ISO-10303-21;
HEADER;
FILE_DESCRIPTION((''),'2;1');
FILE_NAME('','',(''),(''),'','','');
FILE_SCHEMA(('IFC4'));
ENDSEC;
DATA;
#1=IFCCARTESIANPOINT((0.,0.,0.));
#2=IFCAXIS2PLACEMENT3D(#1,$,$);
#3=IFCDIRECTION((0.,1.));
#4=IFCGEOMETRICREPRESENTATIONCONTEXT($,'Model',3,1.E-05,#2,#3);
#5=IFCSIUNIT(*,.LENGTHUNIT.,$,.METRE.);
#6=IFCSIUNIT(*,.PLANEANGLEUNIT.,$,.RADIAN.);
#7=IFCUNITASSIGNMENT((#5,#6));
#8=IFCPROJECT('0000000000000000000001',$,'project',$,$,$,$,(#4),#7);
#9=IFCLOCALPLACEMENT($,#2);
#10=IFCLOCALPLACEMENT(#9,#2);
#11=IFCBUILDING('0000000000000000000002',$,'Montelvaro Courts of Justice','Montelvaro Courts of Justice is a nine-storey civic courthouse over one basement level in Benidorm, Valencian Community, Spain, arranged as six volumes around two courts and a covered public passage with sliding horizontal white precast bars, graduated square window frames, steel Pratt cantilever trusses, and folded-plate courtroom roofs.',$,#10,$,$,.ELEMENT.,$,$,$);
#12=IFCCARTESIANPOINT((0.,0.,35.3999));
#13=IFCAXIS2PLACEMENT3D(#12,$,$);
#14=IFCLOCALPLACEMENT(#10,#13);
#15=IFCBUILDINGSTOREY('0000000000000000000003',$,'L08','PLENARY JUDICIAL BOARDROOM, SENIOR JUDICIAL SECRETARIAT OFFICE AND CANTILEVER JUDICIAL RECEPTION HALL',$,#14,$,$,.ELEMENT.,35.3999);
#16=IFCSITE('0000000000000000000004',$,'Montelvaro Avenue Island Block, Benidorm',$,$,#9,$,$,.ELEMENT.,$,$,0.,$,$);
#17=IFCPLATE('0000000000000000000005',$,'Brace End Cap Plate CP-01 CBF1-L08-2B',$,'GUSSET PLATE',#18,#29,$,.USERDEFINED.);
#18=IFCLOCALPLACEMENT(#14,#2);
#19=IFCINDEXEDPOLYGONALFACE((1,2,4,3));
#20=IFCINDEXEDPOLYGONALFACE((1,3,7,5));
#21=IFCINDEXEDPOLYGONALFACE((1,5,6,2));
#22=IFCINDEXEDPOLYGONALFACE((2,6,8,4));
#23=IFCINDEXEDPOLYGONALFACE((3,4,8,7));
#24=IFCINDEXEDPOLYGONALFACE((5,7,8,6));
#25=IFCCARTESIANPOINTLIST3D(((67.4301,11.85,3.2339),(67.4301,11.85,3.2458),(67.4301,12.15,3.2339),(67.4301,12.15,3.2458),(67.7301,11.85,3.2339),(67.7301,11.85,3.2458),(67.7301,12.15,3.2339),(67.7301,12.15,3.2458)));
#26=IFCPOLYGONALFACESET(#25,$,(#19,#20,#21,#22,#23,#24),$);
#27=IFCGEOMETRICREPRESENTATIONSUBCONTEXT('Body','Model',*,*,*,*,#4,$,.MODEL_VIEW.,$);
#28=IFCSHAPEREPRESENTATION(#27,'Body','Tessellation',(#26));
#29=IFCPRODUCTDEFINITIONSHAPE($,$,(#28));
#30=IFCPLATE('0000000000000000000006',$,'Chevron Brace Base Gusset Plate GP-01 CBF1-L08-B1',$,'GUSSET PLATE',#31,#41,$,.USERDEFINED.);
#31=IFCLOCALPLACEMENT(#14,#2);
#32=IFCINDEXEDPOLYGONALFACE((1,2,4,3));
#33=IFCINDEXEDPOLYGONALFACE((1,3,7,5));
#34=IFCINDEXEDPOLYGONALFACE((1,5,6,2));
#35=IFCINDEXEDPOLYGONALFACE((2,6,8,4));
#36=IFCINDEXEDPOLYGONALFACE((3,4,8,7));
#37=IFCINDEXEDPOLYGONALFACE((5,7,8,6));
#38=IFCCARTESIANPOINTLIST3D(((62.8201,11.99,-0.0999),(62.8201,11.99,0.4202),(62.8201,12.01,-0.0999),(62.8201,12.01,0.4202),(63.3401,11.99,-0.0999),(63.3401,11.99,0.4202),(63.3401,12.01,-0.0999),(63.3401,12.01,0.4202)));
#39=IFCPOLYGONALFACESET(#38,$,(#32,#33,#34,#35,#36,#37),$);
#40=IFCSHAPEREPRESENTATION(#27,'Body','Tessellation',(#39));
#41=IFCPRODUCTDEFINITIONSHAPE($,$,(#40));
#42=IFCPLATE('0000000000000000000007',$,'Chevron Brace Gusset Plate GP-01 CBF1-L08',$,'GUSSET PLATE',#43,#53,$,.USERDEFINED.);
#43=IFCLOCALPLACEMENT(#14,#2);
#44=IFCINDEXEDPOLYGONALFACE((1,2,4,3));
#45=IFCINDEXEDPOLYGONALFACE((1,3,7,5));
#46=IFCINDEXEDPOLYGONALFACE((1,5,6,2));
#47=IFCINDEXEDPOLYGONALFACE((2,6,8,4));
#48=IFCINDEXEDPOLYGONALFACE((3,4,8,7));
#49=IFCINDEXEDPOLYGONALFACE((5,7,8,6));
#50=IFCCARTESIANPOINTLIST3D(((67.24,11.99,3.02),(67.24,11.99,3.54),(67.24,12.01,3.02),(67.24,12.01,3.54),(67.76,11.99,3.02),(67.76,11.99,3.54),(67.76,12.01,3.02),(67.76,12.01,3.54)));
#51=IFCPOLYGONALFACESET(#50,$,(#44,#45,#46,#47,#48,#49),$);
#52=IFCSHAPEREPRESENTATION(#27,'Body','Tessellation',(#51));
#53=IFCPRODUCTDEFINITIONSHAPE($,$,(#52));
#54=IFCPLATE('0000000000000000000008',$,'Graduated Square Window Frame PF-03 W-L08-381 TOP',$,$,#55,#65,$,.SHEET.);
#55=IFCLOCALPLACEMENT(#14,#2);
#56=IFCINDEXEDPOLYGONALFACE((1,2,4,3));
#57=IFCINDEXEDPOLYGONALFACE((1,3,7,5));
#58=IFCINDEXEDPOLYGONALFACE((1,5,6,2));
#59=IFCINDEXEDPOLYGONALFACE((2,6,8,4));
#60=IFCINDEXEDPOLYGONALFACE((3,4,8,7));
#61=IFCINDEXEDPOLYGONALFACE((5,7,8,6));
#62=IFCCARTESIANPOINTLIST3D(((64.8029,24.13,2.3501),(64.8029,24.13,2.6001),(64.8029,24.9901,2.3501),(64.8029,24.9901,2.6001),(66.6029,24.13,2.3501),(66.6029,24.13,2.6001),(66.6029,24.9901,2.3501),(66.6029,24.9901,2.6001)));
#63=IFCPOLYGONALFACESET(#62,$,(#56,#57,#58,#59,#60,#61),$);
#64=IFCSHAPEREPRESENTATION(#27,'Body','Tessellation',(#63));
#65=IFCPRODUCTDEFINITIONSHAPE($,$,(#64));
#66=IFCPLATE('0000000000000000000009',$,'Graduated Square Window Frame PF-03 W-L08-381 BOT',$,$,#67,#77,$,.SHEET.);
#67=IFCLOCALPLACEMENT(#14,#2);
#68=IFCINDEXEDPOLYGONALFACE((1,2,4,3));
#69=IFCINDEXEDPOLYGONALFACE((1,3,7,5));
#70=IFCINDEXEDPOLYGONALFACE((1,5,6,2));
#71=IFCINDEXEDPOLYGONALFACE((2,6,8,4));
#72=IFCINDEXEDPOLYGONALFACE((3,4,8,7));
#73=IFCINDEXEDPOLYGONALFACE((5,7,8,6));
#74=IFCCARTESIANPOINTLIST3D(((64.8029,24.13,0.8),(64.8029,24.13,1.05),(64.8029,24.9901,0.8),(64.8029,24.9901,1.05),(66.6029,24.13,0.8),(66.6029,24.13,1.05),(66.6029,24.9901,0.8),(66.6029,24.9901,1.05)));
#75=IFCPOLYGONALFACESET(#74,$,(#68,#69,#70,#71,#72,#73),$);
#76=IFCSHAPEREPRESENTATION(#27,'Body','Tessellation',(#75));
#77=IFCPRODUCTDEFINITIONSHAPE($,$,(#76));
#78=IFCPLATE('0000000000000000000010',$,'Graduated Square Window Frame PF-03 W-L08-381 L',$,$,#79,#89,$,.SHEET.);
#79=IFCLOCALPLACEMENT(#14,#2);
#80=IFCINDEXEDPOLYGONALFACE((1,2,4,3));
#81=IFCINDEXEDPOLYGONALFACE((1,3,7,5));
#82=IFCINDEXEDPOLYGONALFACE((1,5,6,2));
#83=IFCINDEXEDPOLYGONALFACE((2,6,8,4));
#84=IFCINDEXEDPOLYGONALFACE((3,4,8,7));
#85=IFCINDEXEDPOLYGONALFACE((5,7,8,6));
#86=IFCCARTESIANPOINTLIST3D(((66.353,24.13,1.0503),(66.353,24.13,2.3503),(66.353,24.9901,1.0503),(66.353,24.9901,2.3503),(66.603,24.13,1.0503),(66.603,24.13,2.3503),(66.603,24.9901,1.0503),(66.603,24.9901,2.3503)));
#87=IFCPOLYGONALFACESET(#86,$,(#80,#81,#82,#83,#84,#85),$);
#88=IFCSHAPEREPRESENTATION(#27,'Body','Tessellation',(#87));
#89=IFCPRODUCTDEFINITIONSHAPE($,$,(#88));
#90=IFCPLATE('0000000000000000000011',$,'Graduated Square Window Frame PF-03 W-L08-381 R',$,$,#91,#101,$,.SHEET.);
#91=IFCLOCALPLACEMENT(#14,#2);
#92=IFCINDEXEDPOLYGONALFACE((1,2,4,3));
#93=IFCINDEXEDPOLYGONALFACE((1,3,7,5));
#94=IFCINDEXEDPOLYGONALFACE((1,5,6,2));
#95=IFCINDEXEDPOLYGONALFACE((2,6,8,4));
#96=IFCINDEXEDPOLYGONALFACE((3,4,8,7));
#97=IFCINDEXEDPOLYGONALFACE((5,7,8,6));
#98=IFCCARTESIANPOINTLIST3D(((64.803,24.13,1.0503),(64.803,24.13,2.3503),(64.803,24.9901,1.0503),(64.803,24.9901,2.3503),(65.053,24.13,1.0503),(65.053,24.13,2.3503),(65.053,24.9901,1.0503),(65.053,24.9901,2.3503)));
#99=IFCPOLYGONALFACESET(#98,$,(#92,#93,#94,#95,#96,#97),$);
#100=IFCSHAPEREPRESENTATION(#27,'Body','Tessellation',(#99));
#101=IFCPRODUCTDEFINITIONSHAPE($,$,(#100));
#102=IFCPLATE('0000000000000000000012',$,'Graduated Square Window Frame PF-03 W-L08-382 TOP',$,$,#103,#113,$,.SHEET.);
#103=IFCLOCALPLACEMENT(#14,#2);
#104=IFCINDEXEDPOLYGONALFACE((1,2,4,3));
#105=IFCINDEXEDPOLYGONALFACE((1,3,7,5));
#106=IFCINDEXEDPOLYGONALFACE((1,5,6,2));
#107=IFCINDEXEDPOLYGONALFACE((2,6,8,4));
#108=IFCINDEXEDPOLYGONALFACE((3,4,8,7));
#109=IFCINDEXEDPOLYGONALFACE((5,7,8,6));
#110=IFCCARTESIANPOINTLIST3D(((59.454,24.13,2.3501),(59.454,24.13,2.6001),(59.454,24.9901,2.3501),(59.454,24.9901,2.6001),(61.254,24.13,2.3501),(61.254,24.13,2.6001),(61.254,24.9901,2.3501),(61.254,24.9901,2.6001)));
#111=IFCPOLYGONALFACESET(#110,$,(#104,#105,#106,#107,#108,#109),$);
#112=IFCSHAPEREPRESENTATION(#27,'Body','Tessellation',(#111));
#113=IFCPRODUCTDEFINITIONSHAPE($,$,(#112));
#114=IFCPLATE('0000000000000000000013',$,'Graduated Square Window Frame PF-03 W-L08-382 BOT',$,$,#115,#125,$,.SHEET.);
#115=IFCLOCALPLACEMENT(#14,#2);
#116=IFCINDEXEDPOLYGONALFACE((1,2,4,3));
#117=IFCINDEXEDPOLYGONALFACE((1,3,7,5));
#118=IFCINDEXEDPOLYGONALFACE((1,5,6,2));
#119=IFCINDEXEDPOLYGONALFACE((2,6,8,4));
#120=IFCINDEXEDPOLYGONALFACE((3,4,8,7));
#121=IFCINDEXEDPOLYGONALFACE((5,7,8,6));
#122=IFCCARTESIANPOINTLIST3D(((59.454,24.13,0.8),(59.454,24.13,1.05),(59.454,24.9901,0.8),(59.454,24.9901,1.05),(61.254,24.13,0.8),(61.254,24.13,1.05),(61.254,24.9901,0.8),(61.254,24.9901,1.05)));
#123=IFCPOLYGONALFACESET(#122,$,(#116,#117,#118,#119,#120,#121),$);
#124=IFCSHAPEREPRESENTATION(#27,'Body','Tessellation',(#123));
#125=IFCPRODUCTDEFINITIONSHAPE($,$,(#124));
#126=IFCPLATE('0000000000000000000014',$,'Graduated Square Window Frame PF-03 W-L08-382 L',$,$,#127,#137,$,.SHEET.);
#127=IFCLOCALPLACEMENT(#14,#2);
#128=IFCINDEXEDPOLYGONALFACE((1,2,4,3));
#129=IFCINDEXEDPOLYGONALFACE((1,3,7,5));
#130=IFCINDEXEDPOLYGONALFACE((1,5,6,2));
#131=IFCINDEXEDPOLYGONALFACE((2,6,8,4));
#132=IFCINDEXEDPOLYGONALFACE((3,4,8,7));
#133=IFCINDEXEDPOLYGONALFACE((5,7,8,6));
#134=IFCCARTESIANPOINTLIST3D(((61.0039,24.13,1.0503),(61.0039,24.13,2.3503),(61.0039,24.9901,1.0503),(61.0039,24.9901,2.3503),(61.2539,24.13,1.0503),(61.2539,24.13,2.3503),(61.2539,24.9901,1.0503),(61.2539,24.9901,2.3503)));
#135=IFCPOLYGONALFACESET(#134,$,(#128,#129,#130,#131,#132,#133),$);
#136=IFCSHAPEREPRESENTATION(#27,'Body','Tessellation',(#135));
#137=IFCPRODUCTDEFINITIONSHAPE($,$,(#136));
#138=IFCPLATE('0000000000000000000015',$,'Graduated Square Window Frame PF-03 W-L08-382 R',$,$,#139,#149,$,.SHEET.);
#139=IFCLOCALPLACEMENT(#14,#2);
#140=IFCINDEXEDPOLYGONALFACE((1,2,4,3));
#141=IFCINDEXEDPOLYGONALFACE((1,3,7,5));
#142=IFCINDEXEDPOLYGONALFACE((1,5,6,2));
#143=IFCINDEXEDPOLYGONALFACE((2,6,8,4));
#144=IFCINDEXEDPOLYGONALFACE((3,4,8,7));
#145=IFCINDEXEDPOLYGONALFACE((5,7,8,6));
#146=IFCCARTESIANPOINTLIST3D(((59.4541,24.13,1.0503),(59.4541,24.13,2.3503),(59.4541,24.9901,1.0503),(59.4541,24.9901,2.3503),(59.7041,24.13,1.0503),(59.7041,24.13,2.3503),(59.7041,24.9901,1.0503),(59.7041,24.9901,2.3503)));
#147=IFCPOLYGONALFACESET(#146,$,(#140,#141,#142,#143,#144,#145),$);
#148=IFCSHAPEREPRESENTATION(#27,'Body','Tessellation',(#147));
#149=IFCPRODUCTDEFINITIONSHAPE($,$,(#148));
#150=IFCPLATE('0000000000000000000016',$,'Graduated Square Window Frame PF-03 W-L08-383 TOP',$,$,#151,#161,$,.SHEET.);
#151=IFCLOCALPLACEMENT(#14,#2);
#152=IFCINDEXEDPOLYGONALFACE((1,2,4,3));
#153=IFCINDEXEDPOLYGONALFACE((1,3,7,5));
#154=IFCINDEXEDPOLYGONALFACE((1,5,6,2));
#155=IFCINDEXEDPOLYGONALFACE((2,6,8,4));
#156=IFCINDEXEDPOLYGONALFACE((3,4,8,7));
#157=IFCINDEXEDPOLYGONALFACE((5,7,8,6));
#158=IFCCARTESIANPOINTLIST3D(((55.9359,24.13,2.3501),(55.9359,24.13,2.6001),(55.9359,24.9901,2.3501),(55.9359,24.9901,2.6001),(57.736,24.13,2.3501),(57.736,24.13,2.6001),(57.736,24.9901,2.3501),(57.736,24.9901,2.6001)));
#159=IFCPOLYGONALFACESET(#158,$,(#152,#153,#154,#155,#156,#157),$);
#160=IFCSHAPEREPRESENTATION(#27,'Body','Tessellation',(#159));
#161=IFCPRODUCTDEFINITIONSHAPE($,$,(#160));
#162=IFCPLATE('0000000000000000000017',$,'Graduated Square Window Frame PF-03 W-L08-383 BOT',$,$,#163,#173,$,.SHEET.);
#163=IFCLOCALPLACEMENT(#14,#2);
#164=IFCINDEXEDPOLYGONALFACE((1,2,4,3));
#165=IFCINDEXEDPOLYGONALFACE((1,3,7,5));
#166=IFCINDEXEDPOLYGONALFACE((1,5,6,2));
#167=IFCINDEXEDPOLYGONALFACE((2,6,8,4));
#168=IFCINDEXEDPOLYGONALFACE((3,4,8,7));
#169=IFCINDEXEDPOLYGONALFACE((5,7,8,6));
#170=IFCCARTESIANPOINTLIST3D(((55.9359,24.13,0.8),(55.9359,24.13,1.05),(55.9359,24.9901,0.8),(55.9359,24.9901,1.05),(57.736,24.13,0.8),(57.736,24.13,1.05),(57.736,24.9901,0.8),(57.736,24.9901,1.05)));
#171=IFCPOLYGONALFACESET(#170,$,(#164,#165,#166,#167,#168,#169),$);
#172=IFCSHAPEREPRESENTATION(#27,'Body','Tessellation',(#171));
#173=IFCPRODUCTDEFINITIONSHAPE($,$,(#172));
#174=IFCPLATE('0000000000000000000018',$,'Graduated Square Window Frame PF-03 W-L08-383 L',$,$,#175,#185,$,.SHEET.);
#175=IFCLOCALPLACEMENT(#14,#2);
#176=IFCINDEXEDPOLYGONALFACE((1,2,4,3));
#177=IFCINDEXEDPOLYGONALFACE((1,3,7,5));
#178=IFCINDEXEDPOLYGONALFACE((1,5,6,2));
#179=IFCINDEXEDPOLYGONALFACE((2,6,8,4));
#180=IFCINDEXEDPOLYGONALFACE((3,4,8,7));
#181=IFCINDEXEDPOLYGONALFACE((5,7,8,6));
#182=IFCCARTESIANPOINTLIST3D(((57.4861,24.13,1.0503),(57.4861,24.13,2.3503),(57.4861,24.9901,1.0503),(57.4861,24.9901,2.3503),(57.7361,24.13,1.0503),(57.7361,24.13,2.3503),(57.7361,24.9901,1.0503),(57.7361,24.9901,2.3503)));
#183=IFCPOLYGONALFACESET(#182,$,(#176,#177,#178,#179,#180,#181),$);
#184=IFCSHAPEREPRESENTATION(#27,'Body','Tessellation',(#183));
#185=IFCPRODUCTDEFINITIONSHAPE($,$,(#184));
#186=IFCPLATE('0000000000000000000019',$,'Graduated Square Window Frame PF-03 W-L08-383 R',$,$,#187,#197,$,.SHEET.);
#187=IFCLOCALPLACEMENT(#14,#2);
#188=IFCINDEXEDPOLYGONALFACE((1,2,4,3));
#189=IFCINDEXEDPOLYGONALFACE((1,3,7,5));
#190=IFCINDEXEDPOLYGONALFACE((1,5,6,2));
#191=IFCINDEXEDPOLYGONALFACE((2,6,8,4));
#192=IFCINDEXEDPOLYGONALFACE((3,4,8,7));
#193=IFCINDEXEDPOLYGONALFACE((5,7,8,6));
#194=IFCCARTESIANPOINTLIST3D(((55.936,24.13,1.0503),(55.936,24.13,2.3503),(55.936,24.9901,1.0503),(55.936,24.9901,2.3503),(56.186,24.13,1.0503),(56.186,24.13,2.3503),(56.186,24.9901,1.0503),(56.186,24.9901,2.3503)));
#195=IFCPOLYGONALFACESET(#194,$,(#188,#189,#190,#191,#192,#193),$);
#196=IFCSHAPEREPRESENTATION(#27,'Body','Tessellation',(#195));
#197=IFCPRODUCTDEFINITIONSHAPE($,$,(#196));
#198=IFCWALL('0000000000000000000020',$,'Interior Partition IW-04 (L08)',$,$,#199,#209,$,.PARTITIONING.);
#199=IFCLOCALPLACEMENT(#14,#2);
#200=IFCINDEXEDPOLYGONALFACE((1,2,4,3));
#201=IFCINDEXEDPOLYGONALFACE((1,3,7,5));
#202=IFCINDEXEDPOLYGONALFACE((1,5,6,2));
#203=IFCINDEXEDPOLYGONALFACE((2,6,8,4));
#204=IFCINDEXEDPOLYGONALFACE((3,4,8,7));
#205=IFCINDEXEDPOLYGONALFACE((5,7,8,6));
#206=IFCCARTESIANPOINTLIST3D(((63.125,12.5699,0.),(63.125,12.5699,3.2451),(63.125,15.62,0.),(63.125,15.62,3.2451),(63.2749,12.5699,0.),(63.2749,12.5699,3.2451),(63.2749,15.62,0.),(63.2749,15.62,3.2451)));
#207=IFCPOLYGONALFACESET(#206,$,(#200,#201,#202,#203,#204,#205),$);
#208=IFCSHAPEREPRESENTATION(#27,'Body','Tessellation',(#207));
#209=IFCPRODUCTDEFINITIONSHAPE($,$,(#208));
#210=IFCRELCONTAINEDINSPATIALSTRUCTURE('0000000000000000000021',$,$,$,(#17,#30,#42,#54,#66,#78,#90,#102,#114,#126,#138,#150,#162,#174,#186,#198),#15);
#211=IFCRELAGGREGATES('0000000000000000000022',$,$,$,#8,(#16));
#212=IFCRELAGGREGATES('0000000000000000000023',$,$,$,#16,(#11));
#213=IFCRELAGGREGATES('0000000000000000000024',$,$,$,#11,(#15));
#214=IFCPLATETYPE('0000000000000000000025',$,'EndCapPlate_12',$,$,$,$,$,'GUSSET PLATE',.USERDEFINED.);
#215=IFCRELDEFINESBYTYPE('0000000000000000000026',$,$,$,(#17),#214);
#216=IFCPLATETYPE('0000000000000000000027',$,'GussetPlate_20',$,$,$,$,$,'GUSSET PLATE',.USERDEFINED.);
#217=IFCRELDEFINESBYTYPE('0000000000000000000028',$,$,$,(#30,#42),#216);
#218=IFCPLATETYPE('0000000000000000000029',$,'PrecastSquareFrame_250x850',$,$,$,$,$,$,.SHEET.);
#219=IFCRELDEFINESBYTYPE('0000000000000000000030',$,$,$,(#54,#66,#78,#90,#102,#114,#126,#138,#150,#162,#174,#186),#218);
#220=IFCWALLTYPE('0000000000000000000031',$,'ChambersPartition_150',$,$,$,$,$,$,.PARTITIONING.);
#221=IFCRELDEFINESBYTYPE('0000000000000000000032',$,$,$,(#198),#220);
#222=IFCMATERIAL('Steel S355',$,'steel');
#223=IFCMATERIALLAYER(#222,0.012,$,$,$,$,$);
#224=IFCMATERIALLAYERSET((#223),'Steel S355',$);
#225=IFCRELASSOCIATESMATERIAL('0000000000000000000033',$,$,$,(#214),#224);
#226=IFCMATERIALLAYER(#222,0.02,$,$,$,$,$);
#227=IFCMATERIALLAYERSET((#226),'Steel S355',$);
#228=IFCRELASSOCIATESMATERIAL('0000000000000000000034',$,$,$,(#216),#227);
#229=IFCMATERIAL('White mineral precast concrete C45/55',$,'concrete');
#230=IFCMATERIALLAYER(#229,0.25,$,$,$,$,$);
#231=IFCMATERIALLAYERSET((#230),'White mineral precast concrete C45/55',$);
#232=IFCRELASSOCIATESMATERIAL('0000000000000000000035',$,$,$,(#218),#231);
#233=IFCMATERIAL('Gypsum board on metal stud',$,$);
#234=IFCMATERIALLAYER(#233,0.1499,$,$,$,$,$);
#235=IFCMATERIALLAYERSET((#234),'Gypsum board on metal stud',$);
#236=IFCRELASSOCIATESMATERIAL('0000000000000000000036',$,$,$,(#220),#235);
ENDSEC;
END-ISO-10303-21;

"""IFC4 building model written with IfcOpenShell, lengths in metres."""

from ifc_helpers import new_model, si_unit, direction, frame, frame_2d, origin, origin_2d, place, context, subcontext, project, spatial, rectangle, extrude, material, layer, layer_set, type_object, element, save


model = new_model("IFC4")

# Units and contexts
model_context = context("Model", 3, precision=1e-05, world=origin(), true_north=direction((0.0, 1.0)))
body_context = subcontext(model_context, "Body", "Model", "MODEL_VIEW")
ifc_project = project(units=[si_unit("LENGTHUNIT", "METRE"), si_unit("PLANEANGLEUNIT", "RADIAN")], contexts=[model_context])

# Site, building, storey
site_placement = place(None, origin())
site = spatial("IfcSite", under=ifc_project, at=site_placement, Name="Montelvaro Avenue Island Block, Benidorm", CompositionType="ELEMENT", RefElevation=0.0)
building_placement = place(site_placement, origin())
building = spatial("IfcBuilding", under=site, at=building_placement, Name="Montelvaro Courts of Justice", Description="Montelvaro Courts of Justice is a nine-storey civic courthouse over one basement level in Benidorm, Valencian Community, Spain, arranged as six volumes around two courts and a covered public passage with sliding horizontal white precast bars, graduated square window frames, steel Pratt cantilever trusses, and folded-plate courtroom roofs.", CompositionType="ELEMENT")
storey_placement = place(building_placement, frame((0.0, 0.0, 35.3999)))
storey = spatial("IfcBuildingStorey", under=building, at=storey_placement, Name="L08", Description="PLENARY JUDICIAL BOARDROOM, SENIOR JUDICIAL SECRETARIAT OFFICE AND CANTILEVER JUDICIAL RECEPTION HALL", CompositionType="ELEMENT", Elevation=35.3999)

# Shared definitions
ifc_material_1 = material(Name="Steel S355", Category="steel")

# Plates
ifc_layer_1 = layer(ifc_material_1, 0.012)
ifc_layer_set_1 = layer_set([ifc_layer_1], Name="Steel S355")
plate_type_1 = type_object("IfcPlateType", Name="EndCapPlate_12", ElementType="GUSSET PLATE", PredefinedType="USERDEFINED", material=ifc_layer_set_1)
for number, where, z_axis, x_axis, name in (
    (1, (67.5801, 12.0, 3.2339), (0.0, 0.0, 1.0), (1.0, 0.0, 0.0), "Brace End Cap Plate CP-01 CBF1-L08-2B"),
):
    element("IfcPlate", number, at=place(storey_placement, frame(where, z_axis=z_axis, x_axis=x_axis)), inside=storey, type_object=plate_type_1, Name=name, ObjectType="GUSSET PLATE", PredefinedType="USERDEFINED", context=body_context, shape_type="SweptSolid", body=[
        extrude(rectangle(XDim=0.3, YDim=0.3, at=origin_2d()), origin(), (0.0, 0.0, 1.0), 0.012),
    ])
ifc_layer_2 = layer(ifc_material_1, 0.02)
ifc_layer_set_2 = layer_set([ifc_layer_2], Name="Steel S355")
plate_type_2 = type_object("IfcPlateType", Name="GussetPlate_20", ElementType="GUSSET PLATE", PredefinedType="USERDEFINED", material=ifc_layer_set_2)
for number, where, z_axis, x_axis, name in (
    (2, (63.0801, 12.0, -0.0999), (0.0, 0.0, 1.0), (1.0, 0.0, 0.0), "Chevron Brace Base Gusset Plate GP-01 CBF1-L08-B1"),
    (3, (67.5, 12.0, 3.02), (0.0, 0.0, 1.0), (1.0, 0.0, 0.0), "Chevron Brace Gusset Plate GP-01 CBF1-L08"),
):
    element("IfcPlate", number, at=place(storey_placement, frame(where, z_axis=z_axis, x_axis=x_axis)), inside=storey, type_object=plate_type_2, Name=name, ObjectType="GUSSET PLATE", PredefinedType="USERDEFINED", context=body_context, shape_type="SweptSolid", body=[
        extrude(rectangle(XDim=0.52, YDim=0.02, at=origin_2d()), origin(), (0.0, 0.0, 1.0), 0.52),
    ])
ifc_material_2 = material(Name="White mineral precast concrete C45/55", Category="concrete")
ifc_layer_3 = layer(ifc_material_2, 0.25)
ifc_layer_set_3 = layer_set([ifc_layer_3], Name="White mineral precast concrete C45/55")
plate_type_3 = type_object("IfcPlateType", Name="PrecastSquareFrame_250x850", PredefinedType="SHEET", material=ifc_layer_set_3)
for number, where, z_axis, x_axis, name in (
    (4, (65.7029, 24.5601, 2.3501), (0.0, 0.0, 1.0), (-1.0, 0.0, 0.0), "Graduated Square Window Frame PF-03 W-L08-381 TOP"),
    (5, (65.7029, 24.5601, 0.8), (0.0, 0.0, 1.0), (-1.0, 0.0, 0.0), "Graduated Square Window Frame PF-03 W-L08-381 BOT"),
):
    element("IfcPlate", number, at=place(storey_placement, frame(where, z_axis=z_axis, x_axis=x_axis)), inside=storey, type_object=plate_type_3, Name=name, PredefinedType="SHEET", context=body_context, shape_type="SweptSolid", body=[
        extrude(rectangle(XDim=1.8, YDim=0.8601, at=origin_2d()), origin(), (0.0, 0.0, 1.0), 0.25),
    ])
for number, where, z_axis, x_axis, name in (
    (6, (66.478, 24.5601, 1.0503), (0.0, 0.0, 1.0), (-1.0, 0.0, 0.0), "Graduated Square Window Frame PF-03 W-L08-381 L"),
    (7, (64.928, 24.5601, 1.0503), (0.0, 0.0, 1.0), (-1.0, 0.0, 0.0), "Graduated Square Window Frame PF-03 W-L08-381 R"),
):
    element("IfcPlate", number, at=place(storey_placement, frame(where, z_axis=z_axis, x_axis=x_axis)), inside=storey, type_object=plate_type_3, Name=name, PredefinedType="SHEET", context=body_context, shape_type="SweptSolid", body=[
        extrude(rectangle(XDim=0.25, YDim=0.8601, at=origin_2d()), origin(), (0.0, 0.0, 1.0), 1.3),
    ])
for number, where, z_axis, x_axis, name in (
    (8, (60.354, 24.5601, 2.3501), (0.0, 0.0, 1.0), (-1.0, 0.0, 0.0), "Graduated Square Window Frame PF-03 W-L08-382 TOP"),
    (9, (60.354, 24.5601, 0.8), (0.0, 0.0, 1.0), (-1.0, 0.0, 0.0), "Graduated Square Window Frame PF-03 W-L08-382 BOT"),
):
    element("IfcPlate", number, at=place(storey_placement, frame(where, z_axis=z_axis, x_axis=x_axis)), inside=storey, type_object=plate_type_3, Name=name, PredefinedType="SHEET", context=body_context, shape_type="SweptSolid", body=[
        extrude(rectangle(XDim=1.8, YDim=0.8601, at=origin_2d()), origin(), (0.0, 0.0, 1.0), 0.25),
    ])
for number, where, z_axis, x_axis, name in (
    (10, (61.1289, 24.5601, 1.0503), (0.0, 0.0, 1.0), (-1.0, 0.0, 0.0), "Graduated Square Window Frame PF-03 W-L08-382 L"),
    (11, (59.5791, 24.5601, 1.0503), (0.0, 0.0, 1.0), (-1.0, 0.0, 0.0), "Graduated Square Window Frame PF-03 W-L08-382 R"),
):
    element("IfcPlate", number, at=place(storey_placement, frame(where, z_axis=z_axis, x_axis=x_axis)), inside=storey, type_object=plate_type_3, Name=name, PredefinedType="SHEET", context=body_context, shape_type="SweptSolid", body=[
        extrude(rectangle(XDim=0.25, YDim=0.8601, at=origin_2d()), origin(), (0.0, 0.0, 1.0), 1.3),
    ])
for number, where, z_axis, x_axis, name in (
    (12, (56.8359, 24.5601, 2.3501), (0.0, 0.0, 1.0), (-1.0, 0.0, 0.0), "Graduated Square Window Frame PF-03 W-L08-383 TOP"),
    (13, (56.8359, 24.5601, 0.8), (0.0, 0.0, 1.0), (-1.0, 0.0, 0.0), "Graduated Square Window Frame PF-03 W-L08-383 BOT"),
):
    element("IfcPlate", number, at=place(storey_placement, frame(where, z_axis=z_axis, x_axis=x_axis)), inside=storey, type_object=plate_type_3, Name=name, PredefinedType="SHEET", context=body_context, shape_type="SweptSolid", body=[
        extrude(rectangle(XDim=1.8, YDim=0.8601, at=origin_2d()), origin(), (0.0, 0.0, 1.0), 0.25),
    ])
for number, where, z_axis, x_axis, name in (
    (14, (57.6111, 24.5601, 1.0503), (0.0, 0.0, 1.0), (-1.0, 0.0, 0.0), "Graduated Square Window Frame PF-03 W-L08-383 L"),
    (15, (56.061, 24.5601, 1.0503), (0.0, 0.0, 1.0), (-1.0, 0.0, 0.0), "Graduated Square Window Frame PF-03 W-L08-383 R"),
):
    element("IfcPlate", number, at=place(storey_placement, frame(where, z_axis=z_axis, x_axis=x_axis)), inside=storey, type_object=plate_type_3, Name=name, PredefinedType="SHEET", context=body_context, shape_type="SweptSolid", body=[
        extrude(rectangle(XDim=0.25, YDim=0.8601, at=origin_2d()), origin(), (0.0, 0.0, 1.0), 1.3),
    ])

# Wall
ifc_material_3 = material(Name="Gypsum board on metal stud")
ifc_layer_4 = layer(ifc_material_3, 0.1499)
ifc_layer_set_4 = layer_set([ifc_layer_4], Name="Gypsum board on metal stud")
wall_type_1 = type_object("IfcWallType", Name="ChambersPartition_150", PredefinedType="PARTITIONING", material=ifc_layer_set_4)
wall_1_placement = place(storey_placement, frame((63.2, 12.5701, 0.0), z_axis=(0.0, 0.0, 1.0), x_axis=(0.0, 1.0, 0.0)))
element("IfcWall", 16, at=wall_1_placement, inside=storey, type_object=wall_type_1, Name="Interior Partition IW-04 (L08)", PredefinedType="PARTITIONING", context=body_context, shape_type="SweptSolid", body=[
    extrude(rectangle(XDim=3.05, YDim=0.1499, at=frame_2d((1.5249, 0.0))), origin(), (0.0, 0.0, 1.0), 3.2451),
])

save(model, "model.ifc")
